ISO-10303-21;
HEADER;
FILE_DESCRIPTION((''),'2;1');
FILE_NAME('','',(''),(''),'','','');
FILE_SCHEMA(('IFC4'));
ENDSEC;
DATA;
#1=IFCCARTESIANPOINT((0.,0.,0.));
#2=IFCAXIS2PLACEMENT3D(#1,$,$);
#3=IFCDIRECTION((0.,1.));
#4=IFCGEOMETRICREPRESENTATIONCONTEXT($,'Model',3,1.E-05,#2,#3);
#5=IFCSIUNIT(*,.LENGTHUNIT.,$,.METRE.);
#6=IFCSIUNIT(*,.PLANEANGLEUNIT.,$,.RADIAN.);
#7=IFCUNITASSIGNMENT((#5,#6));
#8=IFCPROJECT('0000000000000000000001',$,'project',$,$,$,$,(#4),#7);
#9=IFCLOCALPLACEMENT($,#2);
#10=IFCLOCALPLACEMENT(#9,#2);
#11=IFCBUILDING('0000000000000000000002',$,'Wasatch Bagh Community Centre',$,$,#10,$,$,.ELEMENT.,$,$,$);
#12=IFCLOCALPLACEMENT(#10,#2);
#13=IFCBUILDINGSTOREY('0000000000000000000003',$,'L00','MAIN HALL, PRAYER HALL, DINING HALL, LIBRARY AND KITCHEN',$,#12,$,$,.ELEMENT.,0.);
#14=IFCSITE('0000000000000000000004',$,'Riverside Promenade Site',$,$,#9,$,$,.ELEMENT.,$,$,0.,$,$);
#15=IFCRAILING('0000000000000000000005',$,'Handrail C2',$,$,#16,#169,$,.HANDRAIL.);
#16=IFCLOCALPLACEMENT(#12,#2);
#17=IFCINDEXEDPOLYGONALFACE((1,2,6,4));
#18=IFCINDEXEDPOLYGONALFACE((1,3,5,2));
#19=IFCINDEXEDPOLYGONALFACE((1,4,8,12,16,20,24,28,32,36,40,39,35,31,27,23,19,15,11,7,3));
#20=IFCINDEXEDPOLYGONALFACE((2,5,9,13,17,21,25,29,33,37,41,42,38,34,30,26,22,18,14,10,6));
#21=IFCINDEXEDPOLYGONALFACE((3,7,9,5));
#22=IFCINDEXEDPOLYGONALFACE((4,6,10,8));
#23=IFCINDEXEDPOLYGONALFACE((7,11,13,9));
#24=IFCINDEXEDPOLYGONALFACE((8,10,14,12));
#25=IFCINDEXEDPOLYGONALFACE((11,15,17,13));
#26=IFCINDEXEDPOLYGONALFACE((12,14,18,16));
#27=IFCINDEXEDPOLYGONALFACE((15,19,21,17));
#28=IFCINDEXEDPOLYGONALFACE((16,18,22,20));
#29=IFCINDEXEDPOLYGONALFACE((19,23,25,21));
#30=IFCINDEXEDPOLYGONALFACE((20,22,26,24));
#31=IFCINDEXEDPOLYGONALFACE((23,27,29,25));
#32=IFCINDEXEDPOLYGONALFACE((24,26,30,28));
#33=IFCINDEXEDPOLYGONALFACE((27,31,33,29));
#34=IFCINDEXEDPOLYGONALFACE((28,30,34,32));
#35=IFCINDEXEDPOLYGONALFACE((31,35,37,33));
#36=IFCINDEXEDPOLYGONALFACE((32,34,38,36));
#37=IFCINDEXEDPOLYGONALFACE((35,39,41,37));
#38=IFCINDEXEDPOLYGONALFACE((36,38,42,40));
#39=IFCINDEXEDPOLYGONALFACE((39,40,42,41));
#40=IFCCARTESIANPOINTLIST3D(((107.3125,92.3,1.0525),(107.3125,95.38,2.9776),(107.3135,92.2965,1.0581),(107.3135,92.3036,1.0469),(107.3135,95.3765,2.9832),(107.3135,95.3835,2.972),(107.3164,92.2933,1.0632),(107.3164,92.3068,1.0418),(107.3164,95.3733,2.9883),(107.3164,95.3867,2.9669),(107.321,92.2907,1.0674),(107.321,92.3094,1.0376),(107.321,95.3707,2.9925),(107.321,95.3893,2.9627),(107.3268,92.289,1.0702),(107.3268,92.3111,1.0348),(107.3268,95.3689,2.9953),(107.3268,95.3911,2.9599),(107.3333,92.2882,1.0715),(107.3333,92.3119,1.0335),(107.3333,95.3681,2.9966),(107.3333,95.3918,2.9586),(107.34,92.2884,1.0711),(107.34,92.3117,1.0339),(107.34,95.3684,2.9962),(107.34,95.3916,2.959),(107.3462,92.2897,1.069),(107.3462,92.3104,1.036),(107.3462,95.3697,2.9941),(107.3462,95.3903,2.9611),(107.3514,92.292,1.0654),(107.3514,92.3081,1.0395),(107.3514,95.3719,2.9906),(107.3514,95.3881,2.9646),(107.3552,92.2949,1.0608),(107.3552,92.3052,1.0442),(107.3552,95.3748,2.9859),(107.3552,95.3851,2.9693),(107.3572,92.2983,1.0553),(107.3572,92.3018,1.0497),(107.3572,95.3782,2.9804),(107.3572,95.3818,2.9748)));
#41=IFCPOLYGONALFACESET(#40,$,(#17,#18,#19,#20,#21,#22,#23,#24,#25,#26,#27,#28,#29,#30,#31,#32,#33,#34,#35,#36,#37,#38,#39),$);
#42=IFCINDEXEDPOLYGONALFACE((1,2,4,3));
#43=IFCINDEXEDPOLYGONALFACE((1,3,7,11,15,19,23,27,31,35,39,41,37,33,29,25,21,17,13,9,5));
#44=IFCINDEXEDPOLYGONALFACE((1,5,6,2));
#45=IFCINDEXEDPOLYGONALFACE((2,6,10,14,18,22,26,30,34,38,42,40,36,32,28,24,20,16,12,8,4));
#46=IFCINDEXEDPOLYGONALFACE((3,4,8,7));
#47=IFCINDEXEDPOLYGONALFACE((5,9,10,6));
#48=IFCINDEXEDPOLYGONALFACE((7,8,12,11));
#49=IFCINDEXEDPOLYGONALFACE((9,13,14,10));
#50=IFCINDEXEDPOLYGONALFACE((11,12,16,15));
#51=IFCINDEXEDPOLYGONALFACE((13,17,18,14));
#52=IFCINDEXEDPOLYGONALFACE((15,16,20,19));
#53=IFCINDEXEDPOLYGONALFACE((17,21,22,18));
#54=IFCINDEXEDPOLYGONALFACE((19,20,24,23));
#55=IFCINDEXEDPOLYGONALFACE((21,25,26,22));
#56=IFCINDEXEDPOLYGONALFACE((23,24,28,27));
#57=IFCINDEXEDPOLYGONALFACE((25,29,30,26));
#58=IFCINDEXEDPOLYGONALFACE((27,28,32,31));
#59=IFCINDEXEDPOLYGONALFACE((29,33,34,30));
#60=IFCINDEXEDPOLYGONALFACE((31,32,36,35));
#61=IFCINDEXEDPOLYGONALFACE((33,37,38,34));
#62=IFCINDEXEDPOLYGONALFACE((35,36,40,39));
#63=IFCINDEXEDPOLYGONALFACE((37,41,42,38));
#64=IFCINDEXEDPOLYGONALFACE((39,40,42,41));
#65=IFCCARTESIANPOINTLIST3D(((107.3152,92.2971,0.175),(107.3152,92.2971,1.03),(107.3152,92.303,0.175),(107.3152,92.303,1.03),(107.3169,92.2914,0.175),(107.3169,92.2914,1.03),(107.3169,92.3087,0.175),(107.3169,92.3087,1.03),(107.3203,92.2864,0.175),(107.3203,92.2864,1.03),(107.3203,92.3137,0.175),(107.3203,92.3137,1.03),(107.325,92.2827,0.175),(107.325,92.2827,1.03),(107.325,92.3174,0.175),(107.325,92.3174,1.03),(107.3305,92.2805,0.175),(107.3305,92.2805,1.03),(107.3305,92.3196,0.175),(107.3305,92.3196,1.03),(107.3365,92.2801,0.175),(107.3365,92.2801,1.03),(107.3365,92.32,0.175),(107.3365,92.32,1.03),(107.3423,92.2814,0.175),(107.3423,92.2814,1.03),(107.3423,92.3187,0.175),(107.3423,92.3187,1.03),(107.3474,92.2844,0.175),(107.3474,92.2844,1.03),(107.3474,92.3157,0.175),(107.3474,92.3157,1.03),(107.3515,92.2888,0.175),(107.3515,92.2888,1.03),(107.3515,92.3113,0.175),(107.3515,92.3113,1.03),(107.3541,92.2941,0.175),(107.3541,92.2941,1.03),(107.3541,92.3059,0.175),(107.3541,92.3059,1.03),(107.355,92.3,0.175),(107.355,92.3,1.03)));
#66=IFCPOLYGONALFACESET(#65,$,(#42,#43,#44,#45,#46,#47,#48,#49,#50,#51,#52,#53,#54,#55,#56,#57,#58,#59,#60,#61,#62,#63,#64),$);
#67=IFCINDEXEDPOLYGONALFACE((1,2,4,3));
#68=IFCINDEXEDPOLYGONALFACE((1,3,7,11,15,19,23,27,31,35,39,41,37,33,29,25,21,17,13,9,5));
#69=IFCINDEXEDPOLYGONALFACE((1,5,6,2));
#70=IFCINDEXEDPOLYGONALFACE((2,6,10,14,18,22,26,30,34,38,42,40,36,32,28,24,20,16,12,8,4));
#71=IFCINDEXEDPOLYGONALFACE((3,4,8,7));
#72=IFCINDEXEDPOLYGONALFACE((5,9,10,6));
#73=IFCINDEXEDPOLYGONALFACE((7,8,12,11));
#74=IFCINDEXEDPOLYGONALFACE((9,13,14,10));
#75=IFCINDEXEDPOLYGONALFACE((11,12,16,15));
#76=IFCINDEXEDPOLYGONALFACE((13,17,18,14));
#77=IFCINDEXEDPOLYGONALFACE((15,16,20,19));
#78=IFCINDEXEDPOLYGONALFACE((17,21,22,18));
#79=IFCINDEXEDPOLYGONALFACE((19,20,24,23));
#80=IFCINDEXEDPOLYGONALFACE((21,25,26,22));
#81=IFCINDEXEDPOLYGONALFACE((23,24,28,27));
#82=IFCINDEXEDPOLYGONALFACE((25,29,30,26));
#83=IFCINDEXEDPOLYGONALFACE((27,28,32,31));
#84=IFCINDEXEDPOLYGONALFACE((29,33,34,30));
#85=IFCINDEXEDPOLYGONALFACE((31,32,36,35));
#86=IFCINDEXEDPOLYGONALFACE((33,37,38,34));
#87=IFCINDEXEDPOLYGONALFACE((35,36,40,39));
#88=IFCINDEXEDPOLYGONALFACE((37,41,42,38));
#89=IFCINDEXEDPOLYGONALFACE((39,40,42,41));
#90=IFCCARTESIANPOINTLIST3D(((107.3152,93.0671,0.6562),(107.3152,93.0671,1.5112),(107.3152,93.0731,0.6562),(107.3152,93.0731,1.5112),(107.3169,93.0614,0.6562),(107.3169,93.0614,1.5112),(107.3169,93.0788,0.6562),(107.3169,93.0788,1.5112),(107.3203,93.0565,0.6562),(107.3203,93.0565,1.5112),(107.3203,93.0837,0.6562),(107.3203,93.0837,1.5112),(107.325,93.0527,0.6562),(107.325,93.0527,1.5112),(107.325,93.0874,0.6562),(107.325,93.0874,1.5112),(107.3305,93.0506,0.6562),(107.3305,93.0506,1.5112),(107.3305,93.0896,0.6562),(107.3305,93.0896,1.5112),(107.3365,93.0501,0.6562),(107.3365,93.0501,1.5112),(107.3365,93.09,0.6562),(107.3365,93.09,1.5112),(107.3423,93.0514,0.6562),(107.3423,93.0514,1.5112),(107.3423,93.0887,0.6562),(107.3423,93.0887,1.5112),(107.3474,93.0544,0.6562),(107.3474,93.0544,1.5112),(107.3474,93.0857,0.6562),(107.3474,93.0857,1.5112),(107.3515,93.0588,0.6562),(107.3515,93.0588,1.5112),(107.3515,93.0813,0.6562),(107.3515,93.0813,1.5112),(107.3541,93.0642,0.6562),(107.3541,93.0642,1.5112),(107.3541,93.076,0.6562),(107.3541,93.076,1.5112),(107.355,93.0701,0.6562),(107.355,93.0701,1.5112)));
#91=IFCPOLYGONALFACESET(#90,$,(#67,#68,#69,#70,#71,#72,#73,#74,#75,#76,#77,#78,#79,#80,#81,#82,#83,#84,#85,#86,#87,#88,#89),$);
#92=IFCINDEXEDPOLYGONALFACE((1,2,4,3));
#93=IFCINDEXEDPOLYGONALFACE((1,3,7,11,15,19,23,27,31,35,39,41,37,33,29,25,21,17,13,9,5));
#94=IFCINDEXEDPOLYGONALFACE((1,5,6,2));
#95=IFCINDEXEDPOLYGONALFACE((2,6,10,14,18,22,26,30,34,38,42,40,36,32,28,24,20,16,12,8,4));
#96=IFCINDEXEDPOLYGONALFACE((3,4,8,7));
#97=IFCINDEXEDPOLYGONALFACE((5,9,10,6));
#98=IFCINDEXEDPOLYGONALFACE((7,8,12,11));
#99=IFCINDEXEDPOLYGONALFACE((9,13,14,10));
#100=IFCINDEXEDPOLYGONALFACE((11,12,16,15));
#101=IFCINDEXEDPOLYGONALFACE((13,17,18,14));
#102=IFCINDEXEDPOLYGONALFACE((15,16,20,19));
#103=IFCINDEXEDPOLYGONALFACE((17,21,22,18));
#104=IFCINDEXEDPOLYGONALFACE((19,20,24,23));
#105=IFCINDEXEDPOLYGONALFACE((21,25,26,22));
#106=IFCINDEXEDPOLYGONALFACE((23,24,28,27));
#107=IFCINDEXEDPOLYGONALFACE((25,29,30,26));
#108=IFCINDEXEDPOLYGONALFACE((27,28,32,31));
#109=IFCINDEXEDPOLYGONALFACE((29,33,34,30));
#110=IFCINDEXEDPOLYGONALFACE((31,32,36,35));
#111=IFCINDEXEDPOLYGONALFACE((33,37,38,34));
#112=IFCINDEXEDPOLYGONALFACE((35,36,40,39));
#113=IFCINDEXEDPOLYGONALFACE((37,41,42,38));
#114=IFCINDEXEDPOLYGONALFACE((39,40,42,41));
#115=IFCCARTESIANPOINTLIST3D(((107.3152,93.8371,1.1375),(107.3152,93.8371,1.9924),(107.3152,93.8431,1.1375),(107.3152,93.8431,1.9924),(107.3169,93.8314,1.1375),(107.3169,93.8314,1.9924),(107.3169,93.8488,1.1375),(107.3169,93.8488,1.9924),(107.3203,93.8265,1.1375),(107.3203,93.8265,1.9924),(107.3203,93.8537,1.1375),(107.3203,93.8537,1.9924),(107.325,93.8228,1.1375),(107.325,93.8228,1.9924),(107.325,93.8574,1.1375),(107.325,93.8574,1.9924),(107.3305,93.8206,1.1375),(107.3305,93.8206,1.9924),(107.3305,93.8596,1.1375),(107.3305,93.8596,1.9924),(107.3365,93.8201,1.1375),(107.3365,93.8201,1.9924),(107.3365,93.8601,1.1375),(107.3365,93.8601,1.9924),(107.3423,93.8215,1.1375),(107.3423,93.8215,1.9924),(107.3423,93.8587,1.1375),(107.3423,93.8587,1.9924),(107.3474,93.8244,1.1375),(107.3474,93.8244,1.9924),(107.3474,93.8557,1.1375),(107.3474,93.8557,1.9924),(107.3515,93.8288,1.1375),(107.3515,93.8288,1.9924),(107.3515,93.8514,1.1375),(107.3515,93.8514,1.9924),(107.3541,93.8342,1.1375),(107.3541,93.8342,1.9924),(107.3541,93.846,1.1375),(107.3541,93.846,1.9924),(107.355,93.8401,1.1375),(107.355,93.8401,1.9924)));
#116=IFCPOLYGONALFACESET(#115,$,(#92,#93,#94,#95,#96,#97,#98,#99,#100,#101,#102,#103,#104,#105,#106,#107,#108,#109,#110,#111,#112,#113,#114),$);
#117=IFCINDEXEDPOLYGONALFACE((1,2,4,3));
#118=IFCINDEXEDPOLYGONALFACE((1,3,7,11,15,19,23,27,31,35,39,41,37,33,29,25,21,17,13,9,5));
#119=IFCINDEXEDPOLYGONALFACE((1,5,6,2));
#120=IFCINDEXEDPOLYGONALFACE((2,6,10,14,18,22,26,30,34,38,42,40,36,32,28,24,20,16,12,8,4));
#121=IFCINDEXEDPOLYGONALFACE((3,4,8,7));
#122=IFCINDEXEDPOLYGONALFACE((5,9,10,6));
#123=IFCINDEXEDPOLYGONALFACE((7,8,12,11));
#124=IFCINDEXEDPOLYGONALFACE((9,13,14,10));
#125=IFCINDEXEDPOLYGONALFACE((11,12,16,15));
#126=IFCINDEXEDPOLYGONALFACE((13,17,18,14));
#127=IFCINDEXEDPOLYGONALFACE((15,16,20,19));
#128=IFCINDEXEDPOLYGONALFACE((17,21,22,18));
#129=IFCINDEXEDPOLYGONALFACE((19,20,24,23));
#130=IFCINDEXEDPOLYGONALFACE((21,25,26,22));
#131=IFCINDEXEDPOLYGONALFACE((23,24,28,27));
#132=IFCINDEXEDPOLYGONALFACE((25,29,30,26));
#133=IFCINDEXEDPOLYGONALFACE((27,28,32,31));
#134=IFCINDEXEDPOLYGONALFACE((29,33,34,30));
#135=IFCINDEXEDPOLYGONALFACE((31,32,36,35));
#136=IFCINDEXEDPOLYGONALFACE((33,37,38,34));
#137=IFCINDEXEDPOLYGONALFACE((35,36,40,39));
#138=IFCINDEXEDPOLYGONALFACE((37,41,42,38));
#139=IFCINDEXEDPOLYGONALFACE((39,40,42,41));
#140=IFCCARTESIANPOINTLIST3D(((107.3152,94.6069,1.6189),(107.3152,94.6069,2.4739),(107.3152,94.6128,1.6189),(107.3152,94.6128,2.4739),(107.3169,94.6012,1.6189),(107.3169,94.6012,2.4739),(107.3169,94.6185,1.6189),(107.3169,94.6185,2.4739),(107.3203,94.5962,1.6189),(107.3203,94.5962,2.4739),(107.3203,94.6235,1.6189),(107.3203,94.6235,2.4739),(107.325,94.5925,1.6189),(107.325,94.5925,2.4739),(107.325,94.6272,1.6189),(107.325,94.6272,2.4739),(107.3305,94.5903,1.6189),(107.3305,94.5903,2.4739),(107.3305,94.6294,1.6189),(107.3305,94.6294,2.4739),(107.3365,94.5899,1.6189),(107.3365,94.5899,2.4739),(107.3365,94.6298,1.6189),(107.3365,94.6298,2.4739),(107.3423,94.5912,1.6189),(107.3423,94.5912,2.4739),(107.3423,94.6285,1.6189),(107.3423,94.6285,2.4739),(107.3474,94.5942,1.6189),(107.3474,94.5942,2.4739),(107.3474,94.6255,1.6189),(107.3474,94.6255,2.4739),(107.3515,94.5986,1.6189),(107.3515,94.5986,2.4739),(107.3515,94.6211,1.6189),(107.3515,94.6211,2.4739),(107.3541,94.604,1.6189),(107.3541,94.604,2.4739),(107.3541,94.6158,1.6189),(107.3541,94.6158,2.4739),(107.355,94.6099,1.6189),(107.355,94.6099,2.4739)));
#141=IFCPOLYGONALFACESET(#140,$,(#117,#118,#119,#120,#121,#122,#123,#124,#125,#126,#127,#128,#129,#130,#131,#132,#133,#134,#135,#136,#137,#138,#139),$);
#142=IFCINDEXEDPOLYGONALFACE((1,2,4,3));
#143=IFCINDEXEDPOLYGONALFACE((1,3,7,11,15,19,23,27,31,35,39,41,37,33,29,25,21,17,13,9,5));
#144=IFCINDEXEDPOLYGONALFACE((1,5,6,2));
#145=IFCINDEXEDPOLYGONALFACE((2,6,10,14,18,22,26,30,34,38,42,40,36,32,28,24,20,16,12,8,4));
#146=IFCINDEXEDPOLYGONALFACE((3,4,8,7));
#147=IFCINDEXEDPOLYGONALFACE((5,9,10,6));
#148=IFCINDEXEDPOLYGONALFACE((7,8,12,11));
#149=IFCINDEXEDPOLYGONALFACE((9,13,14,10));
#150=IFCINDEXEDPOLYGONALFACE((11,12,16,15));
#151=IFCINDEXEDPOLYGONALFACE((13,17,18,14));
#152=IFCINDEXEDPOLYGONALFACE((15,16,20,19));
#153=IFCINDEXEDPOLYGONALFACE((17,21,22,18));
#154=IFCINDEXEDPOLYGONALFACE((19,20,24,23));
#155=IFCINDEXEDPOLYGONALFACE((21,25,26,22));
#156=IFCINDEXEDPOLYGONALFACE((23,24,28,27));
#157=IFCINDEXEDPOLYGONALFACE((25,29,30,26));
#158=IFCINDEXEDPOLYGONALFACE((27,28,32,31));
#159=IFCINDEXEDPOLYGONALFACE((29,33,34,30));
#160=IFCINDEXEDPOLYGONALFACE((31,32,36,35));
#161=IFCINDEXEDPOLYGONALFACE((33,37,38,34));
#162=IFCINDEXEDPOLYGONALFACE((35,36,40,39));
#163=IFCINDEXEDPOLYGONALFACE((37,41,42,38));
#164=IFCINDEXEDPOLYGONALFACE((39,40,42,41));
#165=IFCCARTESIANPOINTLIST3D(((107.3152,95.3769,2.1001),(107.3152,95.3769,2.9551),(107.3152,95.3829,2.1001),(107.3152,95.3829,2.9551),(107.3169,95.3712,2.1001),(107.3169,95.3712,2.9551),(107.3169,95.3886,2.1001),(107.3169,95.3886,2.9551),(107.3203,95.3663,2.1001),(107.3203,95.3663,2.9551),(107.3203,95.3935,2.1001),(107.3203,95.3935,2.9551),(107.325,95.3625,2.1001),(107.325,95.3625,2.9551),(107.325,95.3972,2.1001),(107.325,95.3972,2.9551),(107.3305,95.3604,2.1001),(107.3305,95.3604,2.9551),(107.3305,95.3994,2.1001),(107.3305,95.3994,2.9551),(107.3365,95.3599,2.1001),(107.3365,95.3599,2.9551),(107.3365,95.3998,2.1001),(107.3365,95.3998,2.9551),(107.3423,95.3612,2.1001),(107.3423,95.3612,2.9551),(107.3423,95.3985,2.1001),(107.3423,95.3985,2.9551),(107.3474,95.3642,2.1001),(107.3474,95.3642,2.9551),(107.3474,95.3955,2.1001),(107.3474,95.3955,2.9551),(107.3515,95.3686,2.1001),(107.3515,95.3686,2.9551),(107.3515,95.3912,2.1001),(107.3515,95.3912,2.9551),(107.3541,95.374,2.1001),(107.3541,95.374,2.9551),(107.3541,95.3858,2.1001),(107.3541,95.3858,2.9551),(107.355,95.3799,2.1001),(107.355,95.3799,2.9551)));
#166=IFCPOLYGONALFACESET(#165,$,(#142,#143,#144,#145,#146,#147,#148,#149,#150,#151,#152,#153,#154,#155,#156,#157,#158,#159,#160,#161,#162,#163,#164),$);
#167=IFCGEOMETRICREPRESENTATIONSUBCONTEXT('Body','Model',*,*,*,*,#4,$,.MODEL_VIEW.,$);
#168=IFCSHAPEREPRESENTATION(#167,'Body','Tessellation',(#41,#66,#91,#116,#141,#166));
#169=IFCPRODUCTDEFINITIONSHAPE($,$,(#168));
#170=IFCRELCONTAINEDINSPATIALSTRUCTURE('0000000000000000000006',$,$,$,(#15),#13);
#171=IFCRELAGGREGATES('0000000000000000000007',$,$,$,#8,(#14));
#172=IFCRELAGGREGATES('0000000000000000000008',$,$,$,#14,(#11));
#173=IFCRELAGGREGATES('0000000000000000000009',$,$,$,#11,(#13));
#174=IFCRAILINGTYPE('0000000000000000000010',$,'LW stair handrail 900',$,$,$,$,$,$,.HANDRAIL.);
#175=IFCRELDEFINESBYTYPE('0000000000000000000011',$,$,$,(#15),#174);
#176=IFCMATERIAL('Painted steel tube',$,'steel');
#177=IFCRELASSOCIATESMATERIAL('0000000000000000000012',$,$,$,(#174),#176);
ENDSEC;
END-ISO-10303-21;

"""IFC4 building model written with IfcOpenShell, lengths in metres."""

from ifc_helpers import new_model, si_unit, direction, frame, origin, origin_2d, place, context, subcontext, project, spatial, circle, extrude, material, type_object, element, save


model = new_model("IFC4")

# Units and contexts
model_context = context("Model", 3, precision=1e-05, world=origin(), true_north=direction((0.0, 1.0)))
body_context = subcontext(model_context, "Body", "Model", "MODEL_VIEW")
ifc_project = project(units=[si_unit("LENGTHUNIT", "METRE"), si_unit("PLANEANGLEUNIT", "RADIAN")], contexts=[model_context])

# Site, building, storey
site_placement = place(None, origin())
site = spatial("IfcSite", under=ifc_project, at=site_placement, Name="Riverside Promenade Site", CompositionType="ELEMENT", RefElevation=0.0)
building_placement = place(site_placement, origin())
building = spatial("IfcBuilding", under=site, at=building_placement, Name="Wasatch Bagh Community Centre", CompositionType="ELEMENT")
storey_placement = place(building_placement, origin())
storey = spatial("IfcBuildingStorey", under=building, at=storey_placement, Name="L00", Description="MAIN HALL, PRAYER HALL, DINING HALL, LIBRARY AND KITCHEN", CompositionType="ELEMENT", Elevation=0.0)

# Railing
ifc_material_1 = material(Name="Painted steel tube", Category="steel")
railing_type_1 = type_object("IfcRailingType", Name="LW stair handrail 900", PredefinedType="HANDRAIL", material=ifc_material_1)
for number, where, name in (
    (1, (107.335, 92.3, 0.175), "Handrail C2"),
):
    element("IfcRailing", number, at=place(storey_placement, frame(where)), inside=storey, type_object=railing_type_1, Name=name, PredefinedType="HANDRAIL", context=body_context, shape_type="SweptSolid", body=[
        extrude(circle(Radius=0.0225, at=origin_2d()), frame((0.0, 0.0, 0.8774), z_axis=(0.0, 0.847979, 0.530029), x_axis=(-1.0, 0.0, 0.0)), (0.0, 0.0, 1.0), 3.6321),
        extrude(circle(Radius=0.02, at=origin_2d()), origin(), (0.0, 0.0, 1.0), 0.855),
        extrude(circle(Radius=0.02, at=origin_2d()), frame((0.0, 0.77, 0.4812)), (0.0, 0.0, 1.0), 0.855),
        extrude(circle(Radius=0.02, at=origin_2d()), frame((0.0, 1.54, 0.9624)), (0.0, 0.0, 1.0), 0.855),
        extrude(circle(Radius=0.02, at=origin_2d()), frame((0.0, 2.3098, 1.4438)), (0.0, 0.0, 1.0), 0.855),
        extrude(circle(Radius=0.02, at=origin_2d()), frame((0.0, 3.0798, 1.925)), (0.0, 0.0, 1.0), 0.855),
    ])

save(model, "model.ifc")
